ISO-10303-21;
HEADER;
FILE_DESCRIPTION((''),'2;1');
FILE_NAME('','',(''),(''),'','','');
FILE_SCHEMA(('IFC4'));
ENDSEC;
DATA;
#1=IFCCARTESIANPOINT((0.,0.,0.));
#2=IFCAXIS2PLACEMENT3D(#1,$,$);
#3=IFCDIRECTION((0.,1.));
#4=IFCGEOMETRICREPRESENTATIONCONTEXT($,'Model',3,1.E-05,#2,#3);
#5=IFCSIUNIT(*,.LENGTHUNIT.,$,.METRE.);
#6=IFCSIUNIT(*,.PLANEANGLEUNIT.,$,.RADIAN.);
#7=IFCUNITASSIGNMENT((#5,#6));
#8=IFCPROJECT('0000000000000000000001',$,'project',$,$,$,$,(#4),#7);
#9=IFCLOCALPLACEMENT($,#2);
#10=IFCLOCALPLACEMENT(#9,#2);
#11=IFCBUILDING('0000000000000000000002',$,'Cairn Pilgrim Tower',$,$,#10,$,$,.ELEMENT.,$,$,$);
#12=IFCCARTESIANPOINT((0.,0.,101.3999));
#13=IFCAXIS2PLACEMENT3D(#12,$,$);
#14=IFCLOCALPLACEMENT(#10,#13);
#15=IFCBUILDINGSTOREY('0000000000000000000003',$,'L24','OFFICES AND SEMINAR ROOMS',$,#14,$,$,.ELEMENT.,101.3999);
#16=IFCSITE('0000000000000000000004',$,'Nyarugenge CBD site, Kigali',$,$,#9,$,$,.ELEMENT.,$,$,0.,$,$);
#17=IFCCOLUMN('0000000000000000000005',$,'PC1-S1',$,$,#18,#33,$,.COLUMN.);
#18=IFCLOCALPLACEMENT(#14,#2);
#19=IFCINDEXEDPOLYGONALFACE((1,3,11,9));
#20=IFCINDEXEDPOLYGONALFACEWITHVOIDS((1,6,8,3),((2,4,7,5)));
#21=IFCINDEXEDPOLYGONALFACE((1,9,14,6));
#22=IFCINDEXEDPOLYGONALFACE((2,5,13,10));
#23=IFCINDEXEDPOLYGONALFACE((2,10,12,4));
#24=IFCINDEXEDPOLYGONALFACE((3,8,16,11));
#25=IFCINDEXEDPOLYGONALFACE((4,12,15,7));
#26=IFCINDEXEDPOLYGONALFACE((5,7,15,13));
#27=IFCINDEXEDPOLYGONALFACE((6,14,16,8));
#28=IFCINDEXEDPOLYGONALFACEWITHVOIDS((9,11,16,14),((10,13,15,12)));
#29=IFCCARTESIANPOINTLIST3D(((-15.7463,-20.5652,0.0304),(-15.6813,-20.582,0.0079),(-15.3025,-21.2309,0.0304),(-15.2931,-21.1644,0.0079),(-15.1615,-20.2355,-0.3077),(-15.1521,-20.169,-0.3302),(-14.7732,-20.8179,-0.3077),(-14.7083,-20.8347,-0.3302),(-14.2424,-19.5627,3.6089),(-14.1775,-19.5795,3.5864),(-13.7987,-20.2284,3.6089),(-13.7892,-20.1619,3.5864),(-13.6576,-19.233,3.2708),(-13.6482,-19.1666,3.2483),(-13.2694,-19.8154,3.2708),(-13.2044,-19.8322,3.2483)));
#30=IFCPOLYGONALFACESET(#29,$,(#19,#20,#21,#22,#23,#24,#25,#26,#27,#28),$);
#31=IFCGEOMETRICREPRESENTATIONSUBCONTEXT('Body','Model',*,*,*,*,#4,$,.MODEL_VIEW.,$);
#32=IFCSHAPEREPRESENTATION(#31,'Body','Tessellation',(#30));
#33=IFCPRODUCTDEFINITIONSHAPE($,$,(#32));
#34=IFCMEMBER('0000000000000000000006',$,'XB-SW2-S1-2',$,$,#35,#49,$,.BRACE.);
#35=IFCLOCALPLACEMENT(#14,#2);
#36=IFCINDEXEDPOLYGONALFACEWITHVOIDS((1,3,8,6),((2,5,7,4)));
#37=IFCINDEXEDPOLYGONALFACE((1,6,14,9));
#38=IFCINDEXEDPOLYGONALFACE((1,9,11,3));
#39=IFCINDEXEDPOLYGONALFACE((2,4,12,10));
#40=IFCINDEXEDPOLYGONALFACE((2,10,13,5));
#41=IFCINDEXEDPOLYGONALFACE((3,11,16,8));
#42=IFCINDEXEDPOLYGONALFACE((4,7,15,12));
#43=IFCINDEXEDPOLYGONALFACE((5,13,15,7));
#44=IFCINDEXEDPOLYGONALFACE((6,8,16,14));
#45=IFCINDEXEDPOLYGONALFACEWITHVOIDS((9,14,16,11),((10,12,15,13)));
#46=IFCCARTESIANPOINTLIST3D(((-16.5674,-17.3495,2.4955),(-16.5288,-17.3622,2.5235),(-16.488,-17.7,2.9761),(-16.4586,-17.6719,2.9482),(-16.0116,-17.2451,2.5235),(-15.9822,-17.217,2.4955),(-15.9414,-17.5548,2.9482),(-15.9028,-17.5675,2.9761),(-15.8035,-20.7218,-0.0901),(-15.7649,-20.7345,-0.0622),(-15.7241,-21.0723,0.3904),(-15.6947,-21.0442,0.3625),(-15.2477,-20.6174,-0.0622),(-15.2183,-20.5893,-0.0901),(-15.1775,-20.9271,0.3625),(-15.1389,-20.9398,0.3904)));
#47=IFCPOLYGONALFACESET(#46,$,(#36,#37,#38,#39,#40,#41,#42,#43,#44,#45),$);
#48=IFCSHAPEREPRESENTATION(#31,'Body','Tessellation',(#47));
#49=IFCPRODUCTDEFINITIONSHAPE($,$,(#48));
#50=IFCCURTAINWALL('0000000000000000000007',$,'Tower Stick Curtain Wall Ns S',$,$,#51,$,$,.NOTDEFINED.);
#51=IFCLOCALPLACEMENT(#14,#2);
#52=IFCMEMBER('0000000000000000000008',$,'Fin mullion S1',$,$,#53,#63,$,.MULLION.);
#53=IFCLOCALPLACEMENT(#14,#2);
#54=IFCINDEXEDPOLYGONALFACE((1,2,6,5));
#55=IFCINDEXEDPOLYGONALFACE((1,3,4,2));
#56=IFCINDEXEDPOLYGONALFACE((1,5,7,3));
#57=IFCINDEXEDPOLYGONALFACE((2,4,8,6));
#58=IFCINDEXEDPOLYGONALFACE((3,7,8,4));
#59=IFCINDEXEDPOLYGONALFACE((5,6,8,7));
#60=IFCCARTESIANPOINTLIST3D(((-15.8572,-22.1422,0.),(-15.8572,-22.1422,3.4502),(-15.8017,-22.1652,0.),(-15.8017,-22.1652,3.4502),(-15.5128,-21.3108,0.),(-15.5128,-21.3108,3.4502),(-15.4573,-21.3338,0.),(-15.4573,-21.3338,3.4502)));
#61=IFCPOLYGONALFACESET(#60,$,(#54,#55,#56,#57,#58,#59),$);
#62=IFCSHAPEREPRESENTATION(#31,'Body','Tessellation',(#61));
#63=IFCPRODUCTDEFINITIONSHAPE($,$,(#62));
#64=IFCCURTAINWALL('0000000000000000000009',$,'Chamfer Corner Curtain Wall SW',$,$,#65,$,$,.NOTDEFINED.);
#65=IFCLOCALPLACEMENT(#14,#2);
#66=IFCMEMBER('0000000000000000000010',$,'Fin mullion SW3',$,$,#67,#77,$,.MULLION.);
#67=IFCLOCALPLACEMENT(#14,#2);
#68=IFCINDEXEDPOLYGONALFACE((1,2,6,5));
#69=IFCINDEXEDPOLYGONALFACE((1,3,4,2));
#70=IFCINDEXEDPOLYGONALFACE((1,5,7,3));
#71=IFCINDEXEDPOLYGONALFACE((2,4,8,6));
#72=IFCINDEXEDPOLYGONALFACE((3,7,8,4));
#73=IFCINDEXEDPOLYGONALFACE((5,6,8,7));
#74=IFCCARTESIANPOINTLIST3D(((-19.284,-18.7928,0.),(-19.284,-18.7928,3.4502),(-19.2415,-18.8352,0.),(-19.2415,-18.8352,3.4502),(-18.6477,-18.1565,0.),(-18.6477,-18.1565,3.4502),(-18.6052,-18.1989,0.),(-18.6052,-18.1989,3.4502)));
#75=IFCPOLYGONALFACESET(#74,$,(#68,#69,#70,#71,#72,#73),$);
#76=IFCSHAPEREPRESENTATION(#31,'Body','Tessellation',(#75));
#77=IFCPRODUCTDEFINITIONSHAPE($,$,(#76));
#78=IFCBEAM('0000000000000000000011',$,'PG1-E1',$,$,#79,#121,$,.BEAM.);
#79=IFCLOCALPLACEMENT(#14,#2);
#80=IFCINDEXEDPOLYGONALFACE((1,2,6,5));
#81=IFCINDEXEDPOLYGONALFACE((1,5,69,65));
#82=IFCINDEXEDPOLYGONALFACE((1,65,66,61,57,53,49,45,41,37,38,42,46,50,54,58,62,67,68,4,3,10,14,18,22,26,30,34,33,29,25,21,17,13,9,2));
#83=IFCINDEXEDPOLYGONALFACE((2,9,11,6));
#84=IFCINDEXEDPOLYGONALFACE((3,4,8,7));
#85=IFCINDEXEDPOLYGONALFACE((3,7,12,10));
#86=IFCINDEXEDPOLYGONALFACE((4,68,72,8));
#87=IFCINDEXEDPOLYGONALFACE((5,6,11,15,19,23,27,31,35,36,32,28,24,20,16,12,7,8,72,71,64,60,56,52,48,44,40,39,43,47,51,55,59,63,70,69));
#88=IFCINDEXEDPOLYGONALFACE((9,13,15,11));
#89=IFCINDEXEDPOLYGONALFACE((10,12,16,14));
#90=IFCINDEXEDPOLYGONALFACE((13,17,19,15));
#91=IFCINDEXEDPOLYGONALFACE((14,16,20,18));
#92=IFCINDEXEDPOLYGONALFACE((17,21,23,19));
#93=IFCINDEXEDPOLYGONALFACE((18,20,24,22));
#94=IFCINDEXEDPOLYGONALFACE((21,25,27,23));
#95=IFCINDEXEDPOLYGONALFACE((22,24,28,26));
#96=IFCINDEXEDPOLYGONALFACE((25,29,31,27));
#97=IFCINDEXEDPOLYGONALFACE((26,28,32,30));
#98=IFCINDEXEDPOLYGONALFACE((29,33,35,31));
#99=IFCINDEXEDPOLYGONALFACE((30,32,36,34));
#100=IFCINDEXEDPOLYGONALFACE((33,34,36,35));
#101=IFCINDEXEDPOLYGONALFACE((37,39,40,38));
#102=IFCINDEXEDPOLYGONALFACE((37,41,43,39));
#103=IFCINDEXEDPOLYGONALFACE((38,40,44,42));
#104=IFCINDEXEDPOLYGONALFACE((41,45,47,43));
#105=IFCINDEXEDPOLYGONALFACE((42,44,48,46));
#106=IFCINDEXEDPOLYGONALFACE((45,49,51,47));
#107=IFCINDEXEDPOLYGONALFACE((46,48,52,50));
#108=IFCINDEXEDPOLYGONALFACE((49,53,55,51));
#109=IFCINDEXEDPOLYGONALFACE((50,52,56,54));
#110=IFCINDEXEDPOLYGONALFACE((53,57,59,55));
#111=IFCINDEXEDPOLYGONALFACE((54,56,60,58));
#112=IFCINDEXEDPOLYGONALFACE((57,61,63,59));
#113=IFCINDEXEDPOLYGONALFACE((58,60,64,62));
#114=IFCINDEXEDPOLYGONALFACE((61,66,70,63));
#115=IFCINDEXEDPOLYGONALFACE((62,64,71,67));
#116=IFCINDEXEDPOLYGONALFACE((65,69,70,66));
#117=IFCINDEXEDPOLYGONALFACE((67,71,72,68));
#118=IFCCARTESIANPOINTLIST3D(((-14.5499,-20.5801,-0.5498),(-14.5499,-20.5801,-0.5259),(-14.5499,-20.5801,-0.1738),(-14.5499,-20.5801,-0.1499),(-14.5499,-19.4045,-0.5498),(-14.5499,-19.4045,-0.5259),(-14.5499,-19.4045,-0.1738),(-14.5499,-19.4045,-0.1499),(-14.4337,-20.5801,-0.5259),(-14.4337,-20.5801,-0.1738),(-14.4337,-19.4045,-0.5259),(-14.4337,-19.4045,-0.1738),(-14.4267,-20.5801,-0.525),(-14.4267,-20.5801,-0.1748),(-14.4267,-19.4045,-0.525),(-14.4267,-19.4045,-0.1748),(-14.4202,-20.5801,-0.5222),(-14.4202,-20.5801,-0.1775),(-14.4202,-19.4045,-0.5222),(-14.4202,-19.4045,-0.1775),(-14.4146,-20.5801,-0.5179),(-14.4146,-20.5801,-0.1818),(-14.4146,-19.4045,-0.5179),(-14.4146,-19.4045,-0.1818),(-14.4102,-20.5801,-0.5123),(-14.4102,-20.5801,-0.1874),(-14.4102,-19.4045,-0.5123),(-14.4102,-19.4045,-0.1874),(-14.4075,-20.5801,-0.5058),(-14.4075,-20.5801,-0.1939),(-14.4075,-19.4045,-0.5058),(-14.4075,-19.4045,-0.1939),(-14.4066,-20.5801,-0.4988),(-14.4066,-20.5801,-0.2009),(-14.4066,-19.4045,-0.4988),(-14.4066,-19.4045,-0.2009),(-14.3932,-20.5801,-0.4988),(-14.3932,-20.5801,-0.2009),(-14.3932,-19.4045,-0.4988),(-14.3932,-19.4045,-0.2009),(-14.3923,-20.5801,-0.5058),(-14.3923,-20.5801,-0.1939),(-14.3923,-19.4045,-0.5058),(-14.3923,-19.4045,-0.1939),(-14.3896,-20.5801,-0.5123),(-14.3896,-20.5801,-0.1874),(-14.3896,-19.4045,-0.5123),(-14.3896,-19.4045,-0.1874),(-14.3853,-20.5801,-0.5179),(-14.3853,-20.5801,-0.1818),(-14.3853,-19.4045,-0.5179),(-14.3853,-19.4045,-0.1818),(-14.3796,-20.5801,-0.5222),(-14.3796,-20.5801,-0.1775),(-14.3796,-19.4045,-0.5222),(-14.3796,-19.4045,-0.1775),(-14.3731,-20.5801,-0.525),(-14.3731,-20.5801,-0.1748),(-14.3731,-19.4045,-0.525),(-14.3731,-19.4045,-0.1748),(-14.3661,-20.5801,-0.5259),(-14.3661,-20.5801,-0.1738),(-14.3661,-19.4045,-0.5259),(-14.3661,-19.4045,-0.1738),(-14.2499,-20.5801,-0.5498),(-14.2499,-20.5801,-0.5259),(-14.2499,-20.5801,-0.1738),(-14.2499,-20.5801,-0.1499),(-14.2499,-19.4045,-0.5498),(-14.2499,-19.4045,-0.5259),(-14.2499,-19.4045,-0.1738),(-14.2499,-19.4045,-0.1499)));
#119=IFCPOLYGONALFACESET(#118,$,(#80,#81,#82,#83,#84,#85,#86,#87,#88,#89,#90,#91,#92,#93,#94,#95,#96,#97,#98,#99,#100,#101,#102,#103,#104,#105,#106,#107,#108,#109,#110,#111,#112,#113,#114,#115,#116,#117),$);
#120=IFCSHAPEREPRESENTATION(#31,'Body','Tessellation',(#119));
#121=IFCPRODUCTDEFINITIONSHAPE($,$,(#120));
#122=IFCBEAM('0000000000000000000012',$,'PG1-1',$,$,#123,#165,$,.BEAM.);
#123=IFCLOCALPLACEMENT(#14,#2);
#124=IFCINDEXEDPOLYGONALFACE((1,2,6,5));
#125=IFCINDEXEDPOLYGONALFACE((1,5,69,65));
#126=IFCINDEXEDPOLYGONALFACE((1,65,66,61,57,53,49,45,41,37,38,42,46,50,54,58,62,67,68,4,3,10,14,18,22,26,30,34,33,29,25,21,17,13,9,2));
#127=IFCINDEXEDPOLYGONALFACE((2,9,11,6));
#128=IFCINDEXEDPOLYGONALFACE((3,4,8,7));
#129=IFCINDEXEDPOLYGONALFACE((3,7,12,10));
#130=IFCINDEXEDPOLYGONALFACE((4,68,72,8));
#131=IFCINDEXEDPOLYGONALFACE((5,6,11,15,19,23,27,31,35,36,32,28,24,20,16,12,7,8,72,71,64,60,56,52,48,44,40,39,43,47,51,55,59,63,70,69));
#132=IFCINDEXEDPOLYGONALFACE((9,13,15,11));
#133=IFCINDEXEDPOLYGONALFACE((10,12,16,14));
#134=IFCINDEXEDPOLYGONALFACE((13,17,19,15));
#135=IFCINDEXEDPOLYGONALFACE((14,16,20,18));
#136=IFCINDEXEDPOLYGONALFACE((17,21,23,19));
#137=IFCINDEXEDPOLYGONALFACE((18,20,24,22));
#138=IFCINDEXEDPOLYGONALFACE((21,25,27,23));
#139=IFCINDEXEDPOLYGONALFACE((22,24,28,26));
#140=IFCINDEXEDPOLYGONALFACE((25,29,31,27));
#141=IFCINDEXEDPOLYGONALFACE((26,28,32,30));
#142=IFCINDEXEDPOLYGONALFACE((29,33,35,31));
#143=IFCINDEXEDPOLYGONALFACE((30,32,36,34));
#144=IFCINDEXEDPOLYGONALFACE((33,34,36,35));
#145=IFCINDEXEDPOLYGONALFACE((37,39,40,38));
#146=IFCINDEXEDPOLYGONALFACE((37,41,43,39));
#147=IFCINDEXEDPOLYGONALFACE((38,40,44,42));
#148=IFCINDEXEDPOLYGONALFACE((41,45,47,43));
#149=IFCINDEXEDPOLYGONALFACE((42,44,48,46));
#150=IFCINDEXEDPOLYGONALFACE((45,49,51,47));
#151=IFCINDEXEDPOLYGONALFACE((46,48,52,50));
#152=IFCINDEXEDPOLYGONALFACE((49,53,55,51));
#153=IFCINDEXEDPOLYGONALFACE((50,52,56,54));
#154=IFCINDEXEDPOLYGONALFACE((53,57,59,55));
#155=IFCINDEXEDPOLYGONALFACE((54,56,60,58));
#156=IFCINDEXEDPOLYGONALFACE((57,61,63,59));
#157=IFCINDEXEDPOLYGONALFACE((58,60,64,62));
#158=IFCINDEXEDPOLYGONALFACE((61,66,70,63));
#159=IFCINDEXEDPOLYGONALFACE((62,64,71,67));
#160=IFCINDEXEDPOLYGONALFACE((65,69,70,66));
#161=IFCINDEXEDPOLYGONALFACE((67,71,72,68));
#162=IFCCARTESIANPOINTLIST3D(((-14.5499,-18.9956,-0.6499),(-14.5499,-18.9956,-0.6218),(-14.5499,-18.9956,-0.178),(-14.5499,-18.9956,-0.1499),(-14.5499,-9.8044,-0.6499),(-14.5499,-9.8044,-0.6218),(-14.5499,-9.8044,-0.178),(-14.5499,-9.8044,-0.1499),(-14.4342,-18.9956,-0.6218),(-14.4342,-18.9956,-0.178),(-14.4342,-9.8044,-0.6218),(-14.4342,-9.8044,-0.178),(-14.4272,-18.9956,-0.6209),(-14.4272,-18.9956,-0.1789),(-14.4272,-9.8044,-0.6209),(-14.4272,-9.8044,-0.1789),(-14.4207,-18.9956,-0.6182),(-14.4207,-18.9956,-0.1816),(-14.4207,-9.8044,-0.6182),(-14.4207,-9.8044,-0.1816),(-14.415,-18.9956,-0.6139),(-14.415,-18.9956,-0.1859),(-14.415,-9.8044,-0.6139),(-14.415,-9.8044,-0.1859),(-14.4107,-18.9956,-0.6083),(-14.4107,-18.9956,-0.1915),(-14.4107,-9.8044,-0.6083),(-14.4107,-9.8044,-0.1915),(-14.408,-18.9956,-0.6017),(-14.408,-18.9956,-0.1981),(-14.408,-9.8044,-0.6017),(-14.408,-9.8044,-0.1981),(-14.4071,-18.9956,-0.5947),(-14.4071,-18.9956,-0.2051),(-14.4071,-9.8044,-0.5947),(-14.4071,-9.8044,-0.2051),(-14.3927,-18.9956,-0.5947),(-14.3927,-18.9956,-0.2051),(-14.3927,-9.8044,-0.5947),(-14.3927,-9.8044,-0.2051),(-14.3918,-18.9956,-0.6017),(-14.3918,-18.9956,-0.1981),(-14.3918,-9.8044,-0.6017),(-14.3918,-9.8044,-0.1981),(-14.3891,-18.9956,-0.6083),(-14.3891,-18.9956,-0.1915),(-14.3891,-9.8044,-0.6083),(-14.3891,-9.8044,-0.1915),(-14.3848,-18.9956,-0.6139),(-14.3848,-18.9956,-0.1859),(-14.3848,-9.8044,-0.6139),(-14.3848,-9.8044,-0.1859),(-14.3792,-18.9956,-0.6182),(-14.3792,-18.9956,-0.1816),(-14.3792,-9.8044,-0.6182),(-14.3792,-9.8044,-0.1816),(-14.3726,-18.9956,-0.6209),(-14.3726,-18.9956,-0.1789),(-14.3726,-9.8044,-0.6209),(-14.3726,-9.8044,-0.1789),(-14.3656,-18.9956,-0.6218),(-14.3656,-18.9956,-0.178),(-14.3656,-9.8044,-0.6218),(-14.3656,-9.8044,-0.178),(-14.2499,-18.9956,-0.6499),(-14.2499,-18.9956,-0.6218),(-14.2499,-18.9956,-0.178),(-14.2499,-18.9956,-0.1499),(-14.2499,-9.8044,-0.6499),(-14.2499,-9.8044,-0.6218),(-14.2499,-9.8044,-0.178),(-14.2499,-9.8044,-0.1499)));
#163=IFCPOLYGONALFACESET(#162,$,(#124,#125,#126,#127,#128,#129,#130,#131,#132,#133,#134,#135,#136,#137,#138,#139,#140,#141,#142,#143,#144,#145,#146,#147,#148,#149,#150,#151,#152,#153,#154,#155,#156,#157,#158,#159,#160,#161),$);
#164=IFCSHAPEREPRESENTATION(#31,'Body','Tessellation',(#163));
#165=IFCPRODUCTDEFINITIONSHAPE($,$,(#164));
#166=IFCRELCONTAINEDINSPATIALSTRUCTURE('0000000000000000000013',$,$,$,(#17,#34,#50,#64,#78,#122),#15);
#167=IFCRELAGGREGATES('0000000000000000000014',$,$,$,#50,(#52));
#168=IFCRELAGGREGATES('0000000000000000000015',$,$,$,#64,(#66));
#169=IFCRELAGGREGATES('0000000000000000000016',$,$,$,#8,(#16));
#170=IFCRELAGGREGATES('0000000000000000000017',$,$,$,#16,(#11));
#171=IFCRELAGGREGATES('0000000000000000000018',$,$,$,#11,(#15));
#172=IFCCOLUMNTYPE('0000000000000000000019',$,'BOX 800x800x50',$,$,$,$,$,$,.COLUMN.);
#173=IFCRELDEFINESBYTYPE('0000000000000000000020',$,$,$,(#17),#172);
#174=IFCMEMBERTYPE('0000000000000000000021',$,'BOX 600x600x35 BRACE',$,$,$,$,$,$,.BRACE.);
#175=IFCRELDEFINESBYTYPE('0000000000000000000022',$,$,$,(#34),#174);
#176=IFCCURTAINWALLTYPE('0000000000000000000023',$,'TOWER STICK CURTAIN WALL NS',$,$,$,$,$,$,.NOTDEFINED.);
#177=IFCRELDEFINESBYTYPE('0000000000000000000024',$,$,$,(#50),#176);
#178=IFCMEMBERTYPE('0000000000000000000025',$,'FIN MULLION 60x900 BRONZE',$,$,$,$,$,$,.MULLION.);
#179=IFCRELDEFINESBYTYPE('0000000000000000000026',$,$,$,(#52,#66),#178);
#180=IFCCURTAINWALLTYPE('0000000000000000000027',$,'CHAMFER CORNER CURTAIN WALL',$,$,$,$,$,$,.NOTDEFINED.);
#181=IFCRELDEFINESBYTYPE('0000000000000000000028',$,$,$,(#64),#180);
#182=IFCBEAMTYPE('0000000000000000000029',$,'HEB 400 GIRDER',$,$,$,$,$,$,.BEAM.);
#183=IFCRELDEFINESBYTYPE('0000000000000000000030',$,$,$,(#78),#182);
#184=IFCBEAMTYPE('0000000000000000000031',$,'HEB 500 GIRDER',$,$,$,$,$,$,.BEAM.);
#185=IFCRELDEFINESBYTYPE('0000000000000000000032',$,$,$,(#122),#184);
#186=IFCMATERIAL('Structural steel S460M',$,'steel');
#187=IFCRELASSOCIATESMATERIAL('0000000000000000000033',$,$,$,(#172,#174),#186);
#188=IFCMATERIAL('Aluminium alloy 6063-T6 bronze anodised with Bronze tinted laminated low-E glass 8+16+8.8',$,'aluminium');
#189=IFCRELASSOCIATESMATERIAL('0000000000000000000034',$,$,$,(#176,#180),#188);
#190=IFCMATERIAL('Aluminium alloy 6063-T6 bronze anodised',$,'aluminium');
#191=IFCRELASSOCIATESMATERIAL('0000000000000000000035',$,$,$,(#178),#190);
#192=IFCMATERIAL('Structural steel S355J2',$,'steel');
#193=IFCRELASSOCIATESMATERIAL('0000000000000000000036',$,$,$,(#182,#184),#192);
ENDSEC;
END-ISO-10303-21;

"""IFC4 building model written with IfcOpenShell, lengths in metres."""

from ifc_helpers import new_model, si_unit, direction, frame, origin, origin_2d, place, context, subcontext, project, spatial, rectangle, hollow_rectangle, i_section, extrude, clip, halfspace, material, material_profile, profile_set, type_object, element, aggregate, save


model = new_model("IFC4")

# Units and contexts
model_context = context("Model", 3, precision=1e-05, world=origin(), true_north=direction((0.0, 1.0)))
body_context = subcontext(model_context, "Body", "Model", "MODEL_VIEW")
ifc_project = project(units=[si_unit("LENGTHUNIT", "METRE"), si_unit("PLANEANGLEUNIT", "RADIAN")], contexts=[model_context])

# Site, building, storey
site_placement = place(None, origin())
site = spatial("IfcSite", under=ifc_project, at=site_placement, Name="Nyarugenge CBD site, Kigali", CompositionType="ELEMENT", RefElevation=0.0)
building_placement = place(site_placement, origin())
building = spatial("IfcBuilding", under=site, at=building_placement, Name="Cairn Pilgrim Tower", CompositionType="ELEMENT")
storey_placement = place(building_placement, frame((0.0, 0.0, 101.3999)))
storey = spatial("IfcBuildingStorey", under=building, at=storey_placement, Name="L24", Description="OFFICES AND SEMINAR ROOMS", CompositionType="ELEMENT", Elevation=101.3999)

# Column
ifc_material_1 = material(Name="Structural steel S460M", Category="steel")
ifc_material_profile_1 = material_profile(ifc_material_1, hollow_rectangle(XDim=0.8, YDim=0.8, WallThickness=0.05, at=origin_2d()), Name="BOX 800x800x50")
ifc_profile_set_1 = profile_set([ifc_material_profile_1], Name="Structural steel S460M")
column_type = type_object("IfcColumnType", Name="BOX 800x800x50", PredefinedType="COLUMN", material=ifc_profile_set_1)
column_placement = place(storey_placement, frame((-15.2273, -20.7, -0.1499), z_axis=(0.37512, 0.25006, 0.892612), x_axis=(-0.554669, 0.832071, 0.0)))
element("IfcColumn", 1, at=column_placement, inside=storey, type_object=column_type, Name="PC1-S1", PredefinedType="COLUMN", context=body_context, shape_type="Clipping", body=[
    clip(extrude(hollow_rectangle(XDim=0.8, YDim=0.8, WallThickness=0.05, at=origin_2d()), origin(), (0.0, 0.0, 1.0), 4.0332), halfspace(frame((0.0, 0.0, 4.009), z_axis=(0.0, 0.0, 1.0), x_axis=(1.0, 0.0, 0.0)), False)),
])

# Member
ifc_material_profile_2 = material_profile(ifc_material_1, hollow_rectangle(XDim=0.6001, YDim=0.6001, WallThickness=0.0349, at=origin_2d()), Name="BOX 600x600x35")
ifc_profile_set_2 = profile_set([ifc_material_profile_2], Name="Structural steel S460M")
member_type_1 = type_object("IfcMemberType", Name="BOX 600x600x35 BRACE", PredefinedType="BRACE", material=ifc_profile_set_2)
member_1_placement = place(storey_placement, frame((-15.4712, -20.8308, 0.1501), z_axis=(-0.17693, 0.781058, 0.598869), x_axis=(-0.97529, -0.220928, 0.0)))
element("IfcMember", 2, at=member_1_placement, inside=storey, type_object=member_type_1, Name="XB-SW2-S1-2", PredefinedType="BRACE", context=body_context, shape_type="SweptSolid", body=[
    extrude(hollow_rectangle(XDim=0.6001, YDim=0.6001, WallThickness=0.0349, at=origin_2d()), origin(), (0.0, 0.0, 1.0), 4.3176),
])

# Curtain walls, members
ifc_material_2 = material(Name="Aluminium alloy 6063-T6 bronze anodised with Bronze tinted laminated low-E glass 8+16+8.8", Category="aluminium")
curtain_wall_type_1 = type_object("IfcCurtainWallType", Name="TOWER STICK CURTAIN WALL NS", PredefinedType="NOTDEFINED", material=ifc_material_2)
curtain_wall_1_placement = place(storey_placement, origin())
curtain_wall_1 = element("IfcCurtainWall", 3, at=curtain_wall_1_placement, inside=storey, type_object=curtain_wall_type_1, Name="Tower Stick Curtain Wall Ns S", PredefinedType="NOTDEFINED")
ifc_material_3 = material(Name="Aluminium alloy 6063-T6 bronze anodised", Category="aluminium")
ifc_material_profile_3 = material_profile(ifc_material_3, rectangle(XDim=0.8999, YDim=0.0601, at=origin_2d()), Name="FIN MULLION 60x900 BRONZE")
ifc_profile_set_3 = profile_set([ifc_material_profile_3], Name="Aluminium alloy 6063-T6 bronze anodised")
member_type_2 = type_object("IfcMemberType", Name="FIN MULLION 60x900 BRONZE", PredefinedType="MULLION", material=ifc_profile_set_3)
member_2_placement = place(storey_placement, frame((-15.6572, -21.738, 0.0), z_axis=(0.0, 0.0, 1.0), x_axis=(-0.382683, -0.92388, 0.0)))
member_2 = element("IfcMember", 4, at=member_2_placement, type_object=member_type_2, Name="Fin mullion S1", PredefinedType="MULLION", context=body_context, shape_type="SweptSolid", body=[
    extrude(rectangle(XDim=0.8999, YDim=0.0601, at=origin_2d()), origin(), (0.0, 0.0, 1.0), 3.4502),
])
curtain_wall_type_2 = type_object("IfcCurtainWallType", Name="CHAMFER CORNER CURTAIN WALL", PredefinedType="NOTDEFINED", material=ifc_material_2)
curtain_wall_2_placement = place(storey_placement, origin())
curtain_wall_2 = element("IfcCurtainWall", 5, at=curtain_wall_2_placement, inside=storey, type_object=curtain_wall_type_2, Name="Chamfer Corner Curtain Wall SW", PredefinedType="NOTDEFINED")
member_3_placement = place(storey_placement, frame((-18.9446, -18.4958, 0.0), z_axis=(0.0, 0.0, 1.0), x_axis=(-0.707107, -0.707107, 0.0)))
member_3 = element("IfcMember", 6, at=member_3_placement, type_object=member_type_2, Name="Fin mullion SW3", PredefinedType="MULLION", context=body_context, shape_type="SweptSolid", body=[
    extrude(rectangle(XDim=0.8999, YDim=0.0601, at=origin_2d()), origin(), (0.0, 0.0, 1.0), 3.4502),
])

# Beams
ifc_material_4 = material(Name="Structural steel S355J2", Category="steel")
ifc_material_profile_4 = material_profile(ifc_material_4, i_section(OverallWidth=0.3, OverallDepth=0.3999, WebThickness=0.0134, FlangeThickness=0.0239, FilletRadius=0.0271, at=origin_2d()), Name="HEB 400")
ifc_profile_set_4 = profile_set([ifc_material_profile_4], Name="Structural steel S355J2")
beam_type_1 = type_object("IfcBeamType", Name="HEB 400 GIRDER", PredefinedType="BEAM", material=ifc_profile_set_4)
beam_1_placement = place(storey_placement, frame((-14.3999, -20.5801, -0.3499), z_axis=(0.0, 1.0, 0.0), x_axis=(-1.0, 0.0, 0.0)))
element("IfcBeam", 7, at=beam_1_placement, inside=storey, type_object=beam_type_1, Name="PG1-E1", PredefinedType="BEAM", context=body_context, shape_type="SweptSolid", body=[
    extrude(i_section(OverallWidth=0.3, OverallDepth=0.3999, WebThickness=0.0134, FlangeThickness=0.0239, FilletRadius=0.0271, at=origin_2d()), origin(), (0.0, 0.0, 1.0), 1.1755),
])
ifc_material_profile_5 = material_profile(ifc_material_4, i_section(OverallWidth=0.3, OverallDepth=0.5, WebThickness=0.0144, FlangeThickness=0.0281, FilletRadius=0.0271, at=origin_2d()), Name="HEB 500")
ifc_profile_set_5 = profile_set([ifc_material_profile_5], Name="Structural steel S355J2")
beam_type_2 = type_object("IfcBeamType", Name="HEB 500 GIRDER", PredefinedType="BEAM", material=ifc_profile_set_5)
beam_2_placement = place(storey_placement, frame((-14.3999, -18.9956, -0.3999), z_axis=(0.0, 1.0, 0.0), x_axis=(-1.0, 0.0, 0.0)))
element("IfcBeam", 8, at=beam_2_placement, inside=storey, type_object=beam_type_2, Name="PG1-1", PredefinedType="BEAM", context=body_context, shape_type="SweptSolid", body=[
    extrude(i_section(OverallWidth=0.3, OverallDepth=0.5, WebThickness=0.0144, FlangeThickness=0.0281, FilletRadius=0.0271, at=origin_2d()), origin(), (0.0, 0.0, 1.0), 9.1912),
])

aggregate(curtain_wall_1, [member_2])

aggregate(curtain_wall_2, [member_3])

save(model, "model.ifc")
